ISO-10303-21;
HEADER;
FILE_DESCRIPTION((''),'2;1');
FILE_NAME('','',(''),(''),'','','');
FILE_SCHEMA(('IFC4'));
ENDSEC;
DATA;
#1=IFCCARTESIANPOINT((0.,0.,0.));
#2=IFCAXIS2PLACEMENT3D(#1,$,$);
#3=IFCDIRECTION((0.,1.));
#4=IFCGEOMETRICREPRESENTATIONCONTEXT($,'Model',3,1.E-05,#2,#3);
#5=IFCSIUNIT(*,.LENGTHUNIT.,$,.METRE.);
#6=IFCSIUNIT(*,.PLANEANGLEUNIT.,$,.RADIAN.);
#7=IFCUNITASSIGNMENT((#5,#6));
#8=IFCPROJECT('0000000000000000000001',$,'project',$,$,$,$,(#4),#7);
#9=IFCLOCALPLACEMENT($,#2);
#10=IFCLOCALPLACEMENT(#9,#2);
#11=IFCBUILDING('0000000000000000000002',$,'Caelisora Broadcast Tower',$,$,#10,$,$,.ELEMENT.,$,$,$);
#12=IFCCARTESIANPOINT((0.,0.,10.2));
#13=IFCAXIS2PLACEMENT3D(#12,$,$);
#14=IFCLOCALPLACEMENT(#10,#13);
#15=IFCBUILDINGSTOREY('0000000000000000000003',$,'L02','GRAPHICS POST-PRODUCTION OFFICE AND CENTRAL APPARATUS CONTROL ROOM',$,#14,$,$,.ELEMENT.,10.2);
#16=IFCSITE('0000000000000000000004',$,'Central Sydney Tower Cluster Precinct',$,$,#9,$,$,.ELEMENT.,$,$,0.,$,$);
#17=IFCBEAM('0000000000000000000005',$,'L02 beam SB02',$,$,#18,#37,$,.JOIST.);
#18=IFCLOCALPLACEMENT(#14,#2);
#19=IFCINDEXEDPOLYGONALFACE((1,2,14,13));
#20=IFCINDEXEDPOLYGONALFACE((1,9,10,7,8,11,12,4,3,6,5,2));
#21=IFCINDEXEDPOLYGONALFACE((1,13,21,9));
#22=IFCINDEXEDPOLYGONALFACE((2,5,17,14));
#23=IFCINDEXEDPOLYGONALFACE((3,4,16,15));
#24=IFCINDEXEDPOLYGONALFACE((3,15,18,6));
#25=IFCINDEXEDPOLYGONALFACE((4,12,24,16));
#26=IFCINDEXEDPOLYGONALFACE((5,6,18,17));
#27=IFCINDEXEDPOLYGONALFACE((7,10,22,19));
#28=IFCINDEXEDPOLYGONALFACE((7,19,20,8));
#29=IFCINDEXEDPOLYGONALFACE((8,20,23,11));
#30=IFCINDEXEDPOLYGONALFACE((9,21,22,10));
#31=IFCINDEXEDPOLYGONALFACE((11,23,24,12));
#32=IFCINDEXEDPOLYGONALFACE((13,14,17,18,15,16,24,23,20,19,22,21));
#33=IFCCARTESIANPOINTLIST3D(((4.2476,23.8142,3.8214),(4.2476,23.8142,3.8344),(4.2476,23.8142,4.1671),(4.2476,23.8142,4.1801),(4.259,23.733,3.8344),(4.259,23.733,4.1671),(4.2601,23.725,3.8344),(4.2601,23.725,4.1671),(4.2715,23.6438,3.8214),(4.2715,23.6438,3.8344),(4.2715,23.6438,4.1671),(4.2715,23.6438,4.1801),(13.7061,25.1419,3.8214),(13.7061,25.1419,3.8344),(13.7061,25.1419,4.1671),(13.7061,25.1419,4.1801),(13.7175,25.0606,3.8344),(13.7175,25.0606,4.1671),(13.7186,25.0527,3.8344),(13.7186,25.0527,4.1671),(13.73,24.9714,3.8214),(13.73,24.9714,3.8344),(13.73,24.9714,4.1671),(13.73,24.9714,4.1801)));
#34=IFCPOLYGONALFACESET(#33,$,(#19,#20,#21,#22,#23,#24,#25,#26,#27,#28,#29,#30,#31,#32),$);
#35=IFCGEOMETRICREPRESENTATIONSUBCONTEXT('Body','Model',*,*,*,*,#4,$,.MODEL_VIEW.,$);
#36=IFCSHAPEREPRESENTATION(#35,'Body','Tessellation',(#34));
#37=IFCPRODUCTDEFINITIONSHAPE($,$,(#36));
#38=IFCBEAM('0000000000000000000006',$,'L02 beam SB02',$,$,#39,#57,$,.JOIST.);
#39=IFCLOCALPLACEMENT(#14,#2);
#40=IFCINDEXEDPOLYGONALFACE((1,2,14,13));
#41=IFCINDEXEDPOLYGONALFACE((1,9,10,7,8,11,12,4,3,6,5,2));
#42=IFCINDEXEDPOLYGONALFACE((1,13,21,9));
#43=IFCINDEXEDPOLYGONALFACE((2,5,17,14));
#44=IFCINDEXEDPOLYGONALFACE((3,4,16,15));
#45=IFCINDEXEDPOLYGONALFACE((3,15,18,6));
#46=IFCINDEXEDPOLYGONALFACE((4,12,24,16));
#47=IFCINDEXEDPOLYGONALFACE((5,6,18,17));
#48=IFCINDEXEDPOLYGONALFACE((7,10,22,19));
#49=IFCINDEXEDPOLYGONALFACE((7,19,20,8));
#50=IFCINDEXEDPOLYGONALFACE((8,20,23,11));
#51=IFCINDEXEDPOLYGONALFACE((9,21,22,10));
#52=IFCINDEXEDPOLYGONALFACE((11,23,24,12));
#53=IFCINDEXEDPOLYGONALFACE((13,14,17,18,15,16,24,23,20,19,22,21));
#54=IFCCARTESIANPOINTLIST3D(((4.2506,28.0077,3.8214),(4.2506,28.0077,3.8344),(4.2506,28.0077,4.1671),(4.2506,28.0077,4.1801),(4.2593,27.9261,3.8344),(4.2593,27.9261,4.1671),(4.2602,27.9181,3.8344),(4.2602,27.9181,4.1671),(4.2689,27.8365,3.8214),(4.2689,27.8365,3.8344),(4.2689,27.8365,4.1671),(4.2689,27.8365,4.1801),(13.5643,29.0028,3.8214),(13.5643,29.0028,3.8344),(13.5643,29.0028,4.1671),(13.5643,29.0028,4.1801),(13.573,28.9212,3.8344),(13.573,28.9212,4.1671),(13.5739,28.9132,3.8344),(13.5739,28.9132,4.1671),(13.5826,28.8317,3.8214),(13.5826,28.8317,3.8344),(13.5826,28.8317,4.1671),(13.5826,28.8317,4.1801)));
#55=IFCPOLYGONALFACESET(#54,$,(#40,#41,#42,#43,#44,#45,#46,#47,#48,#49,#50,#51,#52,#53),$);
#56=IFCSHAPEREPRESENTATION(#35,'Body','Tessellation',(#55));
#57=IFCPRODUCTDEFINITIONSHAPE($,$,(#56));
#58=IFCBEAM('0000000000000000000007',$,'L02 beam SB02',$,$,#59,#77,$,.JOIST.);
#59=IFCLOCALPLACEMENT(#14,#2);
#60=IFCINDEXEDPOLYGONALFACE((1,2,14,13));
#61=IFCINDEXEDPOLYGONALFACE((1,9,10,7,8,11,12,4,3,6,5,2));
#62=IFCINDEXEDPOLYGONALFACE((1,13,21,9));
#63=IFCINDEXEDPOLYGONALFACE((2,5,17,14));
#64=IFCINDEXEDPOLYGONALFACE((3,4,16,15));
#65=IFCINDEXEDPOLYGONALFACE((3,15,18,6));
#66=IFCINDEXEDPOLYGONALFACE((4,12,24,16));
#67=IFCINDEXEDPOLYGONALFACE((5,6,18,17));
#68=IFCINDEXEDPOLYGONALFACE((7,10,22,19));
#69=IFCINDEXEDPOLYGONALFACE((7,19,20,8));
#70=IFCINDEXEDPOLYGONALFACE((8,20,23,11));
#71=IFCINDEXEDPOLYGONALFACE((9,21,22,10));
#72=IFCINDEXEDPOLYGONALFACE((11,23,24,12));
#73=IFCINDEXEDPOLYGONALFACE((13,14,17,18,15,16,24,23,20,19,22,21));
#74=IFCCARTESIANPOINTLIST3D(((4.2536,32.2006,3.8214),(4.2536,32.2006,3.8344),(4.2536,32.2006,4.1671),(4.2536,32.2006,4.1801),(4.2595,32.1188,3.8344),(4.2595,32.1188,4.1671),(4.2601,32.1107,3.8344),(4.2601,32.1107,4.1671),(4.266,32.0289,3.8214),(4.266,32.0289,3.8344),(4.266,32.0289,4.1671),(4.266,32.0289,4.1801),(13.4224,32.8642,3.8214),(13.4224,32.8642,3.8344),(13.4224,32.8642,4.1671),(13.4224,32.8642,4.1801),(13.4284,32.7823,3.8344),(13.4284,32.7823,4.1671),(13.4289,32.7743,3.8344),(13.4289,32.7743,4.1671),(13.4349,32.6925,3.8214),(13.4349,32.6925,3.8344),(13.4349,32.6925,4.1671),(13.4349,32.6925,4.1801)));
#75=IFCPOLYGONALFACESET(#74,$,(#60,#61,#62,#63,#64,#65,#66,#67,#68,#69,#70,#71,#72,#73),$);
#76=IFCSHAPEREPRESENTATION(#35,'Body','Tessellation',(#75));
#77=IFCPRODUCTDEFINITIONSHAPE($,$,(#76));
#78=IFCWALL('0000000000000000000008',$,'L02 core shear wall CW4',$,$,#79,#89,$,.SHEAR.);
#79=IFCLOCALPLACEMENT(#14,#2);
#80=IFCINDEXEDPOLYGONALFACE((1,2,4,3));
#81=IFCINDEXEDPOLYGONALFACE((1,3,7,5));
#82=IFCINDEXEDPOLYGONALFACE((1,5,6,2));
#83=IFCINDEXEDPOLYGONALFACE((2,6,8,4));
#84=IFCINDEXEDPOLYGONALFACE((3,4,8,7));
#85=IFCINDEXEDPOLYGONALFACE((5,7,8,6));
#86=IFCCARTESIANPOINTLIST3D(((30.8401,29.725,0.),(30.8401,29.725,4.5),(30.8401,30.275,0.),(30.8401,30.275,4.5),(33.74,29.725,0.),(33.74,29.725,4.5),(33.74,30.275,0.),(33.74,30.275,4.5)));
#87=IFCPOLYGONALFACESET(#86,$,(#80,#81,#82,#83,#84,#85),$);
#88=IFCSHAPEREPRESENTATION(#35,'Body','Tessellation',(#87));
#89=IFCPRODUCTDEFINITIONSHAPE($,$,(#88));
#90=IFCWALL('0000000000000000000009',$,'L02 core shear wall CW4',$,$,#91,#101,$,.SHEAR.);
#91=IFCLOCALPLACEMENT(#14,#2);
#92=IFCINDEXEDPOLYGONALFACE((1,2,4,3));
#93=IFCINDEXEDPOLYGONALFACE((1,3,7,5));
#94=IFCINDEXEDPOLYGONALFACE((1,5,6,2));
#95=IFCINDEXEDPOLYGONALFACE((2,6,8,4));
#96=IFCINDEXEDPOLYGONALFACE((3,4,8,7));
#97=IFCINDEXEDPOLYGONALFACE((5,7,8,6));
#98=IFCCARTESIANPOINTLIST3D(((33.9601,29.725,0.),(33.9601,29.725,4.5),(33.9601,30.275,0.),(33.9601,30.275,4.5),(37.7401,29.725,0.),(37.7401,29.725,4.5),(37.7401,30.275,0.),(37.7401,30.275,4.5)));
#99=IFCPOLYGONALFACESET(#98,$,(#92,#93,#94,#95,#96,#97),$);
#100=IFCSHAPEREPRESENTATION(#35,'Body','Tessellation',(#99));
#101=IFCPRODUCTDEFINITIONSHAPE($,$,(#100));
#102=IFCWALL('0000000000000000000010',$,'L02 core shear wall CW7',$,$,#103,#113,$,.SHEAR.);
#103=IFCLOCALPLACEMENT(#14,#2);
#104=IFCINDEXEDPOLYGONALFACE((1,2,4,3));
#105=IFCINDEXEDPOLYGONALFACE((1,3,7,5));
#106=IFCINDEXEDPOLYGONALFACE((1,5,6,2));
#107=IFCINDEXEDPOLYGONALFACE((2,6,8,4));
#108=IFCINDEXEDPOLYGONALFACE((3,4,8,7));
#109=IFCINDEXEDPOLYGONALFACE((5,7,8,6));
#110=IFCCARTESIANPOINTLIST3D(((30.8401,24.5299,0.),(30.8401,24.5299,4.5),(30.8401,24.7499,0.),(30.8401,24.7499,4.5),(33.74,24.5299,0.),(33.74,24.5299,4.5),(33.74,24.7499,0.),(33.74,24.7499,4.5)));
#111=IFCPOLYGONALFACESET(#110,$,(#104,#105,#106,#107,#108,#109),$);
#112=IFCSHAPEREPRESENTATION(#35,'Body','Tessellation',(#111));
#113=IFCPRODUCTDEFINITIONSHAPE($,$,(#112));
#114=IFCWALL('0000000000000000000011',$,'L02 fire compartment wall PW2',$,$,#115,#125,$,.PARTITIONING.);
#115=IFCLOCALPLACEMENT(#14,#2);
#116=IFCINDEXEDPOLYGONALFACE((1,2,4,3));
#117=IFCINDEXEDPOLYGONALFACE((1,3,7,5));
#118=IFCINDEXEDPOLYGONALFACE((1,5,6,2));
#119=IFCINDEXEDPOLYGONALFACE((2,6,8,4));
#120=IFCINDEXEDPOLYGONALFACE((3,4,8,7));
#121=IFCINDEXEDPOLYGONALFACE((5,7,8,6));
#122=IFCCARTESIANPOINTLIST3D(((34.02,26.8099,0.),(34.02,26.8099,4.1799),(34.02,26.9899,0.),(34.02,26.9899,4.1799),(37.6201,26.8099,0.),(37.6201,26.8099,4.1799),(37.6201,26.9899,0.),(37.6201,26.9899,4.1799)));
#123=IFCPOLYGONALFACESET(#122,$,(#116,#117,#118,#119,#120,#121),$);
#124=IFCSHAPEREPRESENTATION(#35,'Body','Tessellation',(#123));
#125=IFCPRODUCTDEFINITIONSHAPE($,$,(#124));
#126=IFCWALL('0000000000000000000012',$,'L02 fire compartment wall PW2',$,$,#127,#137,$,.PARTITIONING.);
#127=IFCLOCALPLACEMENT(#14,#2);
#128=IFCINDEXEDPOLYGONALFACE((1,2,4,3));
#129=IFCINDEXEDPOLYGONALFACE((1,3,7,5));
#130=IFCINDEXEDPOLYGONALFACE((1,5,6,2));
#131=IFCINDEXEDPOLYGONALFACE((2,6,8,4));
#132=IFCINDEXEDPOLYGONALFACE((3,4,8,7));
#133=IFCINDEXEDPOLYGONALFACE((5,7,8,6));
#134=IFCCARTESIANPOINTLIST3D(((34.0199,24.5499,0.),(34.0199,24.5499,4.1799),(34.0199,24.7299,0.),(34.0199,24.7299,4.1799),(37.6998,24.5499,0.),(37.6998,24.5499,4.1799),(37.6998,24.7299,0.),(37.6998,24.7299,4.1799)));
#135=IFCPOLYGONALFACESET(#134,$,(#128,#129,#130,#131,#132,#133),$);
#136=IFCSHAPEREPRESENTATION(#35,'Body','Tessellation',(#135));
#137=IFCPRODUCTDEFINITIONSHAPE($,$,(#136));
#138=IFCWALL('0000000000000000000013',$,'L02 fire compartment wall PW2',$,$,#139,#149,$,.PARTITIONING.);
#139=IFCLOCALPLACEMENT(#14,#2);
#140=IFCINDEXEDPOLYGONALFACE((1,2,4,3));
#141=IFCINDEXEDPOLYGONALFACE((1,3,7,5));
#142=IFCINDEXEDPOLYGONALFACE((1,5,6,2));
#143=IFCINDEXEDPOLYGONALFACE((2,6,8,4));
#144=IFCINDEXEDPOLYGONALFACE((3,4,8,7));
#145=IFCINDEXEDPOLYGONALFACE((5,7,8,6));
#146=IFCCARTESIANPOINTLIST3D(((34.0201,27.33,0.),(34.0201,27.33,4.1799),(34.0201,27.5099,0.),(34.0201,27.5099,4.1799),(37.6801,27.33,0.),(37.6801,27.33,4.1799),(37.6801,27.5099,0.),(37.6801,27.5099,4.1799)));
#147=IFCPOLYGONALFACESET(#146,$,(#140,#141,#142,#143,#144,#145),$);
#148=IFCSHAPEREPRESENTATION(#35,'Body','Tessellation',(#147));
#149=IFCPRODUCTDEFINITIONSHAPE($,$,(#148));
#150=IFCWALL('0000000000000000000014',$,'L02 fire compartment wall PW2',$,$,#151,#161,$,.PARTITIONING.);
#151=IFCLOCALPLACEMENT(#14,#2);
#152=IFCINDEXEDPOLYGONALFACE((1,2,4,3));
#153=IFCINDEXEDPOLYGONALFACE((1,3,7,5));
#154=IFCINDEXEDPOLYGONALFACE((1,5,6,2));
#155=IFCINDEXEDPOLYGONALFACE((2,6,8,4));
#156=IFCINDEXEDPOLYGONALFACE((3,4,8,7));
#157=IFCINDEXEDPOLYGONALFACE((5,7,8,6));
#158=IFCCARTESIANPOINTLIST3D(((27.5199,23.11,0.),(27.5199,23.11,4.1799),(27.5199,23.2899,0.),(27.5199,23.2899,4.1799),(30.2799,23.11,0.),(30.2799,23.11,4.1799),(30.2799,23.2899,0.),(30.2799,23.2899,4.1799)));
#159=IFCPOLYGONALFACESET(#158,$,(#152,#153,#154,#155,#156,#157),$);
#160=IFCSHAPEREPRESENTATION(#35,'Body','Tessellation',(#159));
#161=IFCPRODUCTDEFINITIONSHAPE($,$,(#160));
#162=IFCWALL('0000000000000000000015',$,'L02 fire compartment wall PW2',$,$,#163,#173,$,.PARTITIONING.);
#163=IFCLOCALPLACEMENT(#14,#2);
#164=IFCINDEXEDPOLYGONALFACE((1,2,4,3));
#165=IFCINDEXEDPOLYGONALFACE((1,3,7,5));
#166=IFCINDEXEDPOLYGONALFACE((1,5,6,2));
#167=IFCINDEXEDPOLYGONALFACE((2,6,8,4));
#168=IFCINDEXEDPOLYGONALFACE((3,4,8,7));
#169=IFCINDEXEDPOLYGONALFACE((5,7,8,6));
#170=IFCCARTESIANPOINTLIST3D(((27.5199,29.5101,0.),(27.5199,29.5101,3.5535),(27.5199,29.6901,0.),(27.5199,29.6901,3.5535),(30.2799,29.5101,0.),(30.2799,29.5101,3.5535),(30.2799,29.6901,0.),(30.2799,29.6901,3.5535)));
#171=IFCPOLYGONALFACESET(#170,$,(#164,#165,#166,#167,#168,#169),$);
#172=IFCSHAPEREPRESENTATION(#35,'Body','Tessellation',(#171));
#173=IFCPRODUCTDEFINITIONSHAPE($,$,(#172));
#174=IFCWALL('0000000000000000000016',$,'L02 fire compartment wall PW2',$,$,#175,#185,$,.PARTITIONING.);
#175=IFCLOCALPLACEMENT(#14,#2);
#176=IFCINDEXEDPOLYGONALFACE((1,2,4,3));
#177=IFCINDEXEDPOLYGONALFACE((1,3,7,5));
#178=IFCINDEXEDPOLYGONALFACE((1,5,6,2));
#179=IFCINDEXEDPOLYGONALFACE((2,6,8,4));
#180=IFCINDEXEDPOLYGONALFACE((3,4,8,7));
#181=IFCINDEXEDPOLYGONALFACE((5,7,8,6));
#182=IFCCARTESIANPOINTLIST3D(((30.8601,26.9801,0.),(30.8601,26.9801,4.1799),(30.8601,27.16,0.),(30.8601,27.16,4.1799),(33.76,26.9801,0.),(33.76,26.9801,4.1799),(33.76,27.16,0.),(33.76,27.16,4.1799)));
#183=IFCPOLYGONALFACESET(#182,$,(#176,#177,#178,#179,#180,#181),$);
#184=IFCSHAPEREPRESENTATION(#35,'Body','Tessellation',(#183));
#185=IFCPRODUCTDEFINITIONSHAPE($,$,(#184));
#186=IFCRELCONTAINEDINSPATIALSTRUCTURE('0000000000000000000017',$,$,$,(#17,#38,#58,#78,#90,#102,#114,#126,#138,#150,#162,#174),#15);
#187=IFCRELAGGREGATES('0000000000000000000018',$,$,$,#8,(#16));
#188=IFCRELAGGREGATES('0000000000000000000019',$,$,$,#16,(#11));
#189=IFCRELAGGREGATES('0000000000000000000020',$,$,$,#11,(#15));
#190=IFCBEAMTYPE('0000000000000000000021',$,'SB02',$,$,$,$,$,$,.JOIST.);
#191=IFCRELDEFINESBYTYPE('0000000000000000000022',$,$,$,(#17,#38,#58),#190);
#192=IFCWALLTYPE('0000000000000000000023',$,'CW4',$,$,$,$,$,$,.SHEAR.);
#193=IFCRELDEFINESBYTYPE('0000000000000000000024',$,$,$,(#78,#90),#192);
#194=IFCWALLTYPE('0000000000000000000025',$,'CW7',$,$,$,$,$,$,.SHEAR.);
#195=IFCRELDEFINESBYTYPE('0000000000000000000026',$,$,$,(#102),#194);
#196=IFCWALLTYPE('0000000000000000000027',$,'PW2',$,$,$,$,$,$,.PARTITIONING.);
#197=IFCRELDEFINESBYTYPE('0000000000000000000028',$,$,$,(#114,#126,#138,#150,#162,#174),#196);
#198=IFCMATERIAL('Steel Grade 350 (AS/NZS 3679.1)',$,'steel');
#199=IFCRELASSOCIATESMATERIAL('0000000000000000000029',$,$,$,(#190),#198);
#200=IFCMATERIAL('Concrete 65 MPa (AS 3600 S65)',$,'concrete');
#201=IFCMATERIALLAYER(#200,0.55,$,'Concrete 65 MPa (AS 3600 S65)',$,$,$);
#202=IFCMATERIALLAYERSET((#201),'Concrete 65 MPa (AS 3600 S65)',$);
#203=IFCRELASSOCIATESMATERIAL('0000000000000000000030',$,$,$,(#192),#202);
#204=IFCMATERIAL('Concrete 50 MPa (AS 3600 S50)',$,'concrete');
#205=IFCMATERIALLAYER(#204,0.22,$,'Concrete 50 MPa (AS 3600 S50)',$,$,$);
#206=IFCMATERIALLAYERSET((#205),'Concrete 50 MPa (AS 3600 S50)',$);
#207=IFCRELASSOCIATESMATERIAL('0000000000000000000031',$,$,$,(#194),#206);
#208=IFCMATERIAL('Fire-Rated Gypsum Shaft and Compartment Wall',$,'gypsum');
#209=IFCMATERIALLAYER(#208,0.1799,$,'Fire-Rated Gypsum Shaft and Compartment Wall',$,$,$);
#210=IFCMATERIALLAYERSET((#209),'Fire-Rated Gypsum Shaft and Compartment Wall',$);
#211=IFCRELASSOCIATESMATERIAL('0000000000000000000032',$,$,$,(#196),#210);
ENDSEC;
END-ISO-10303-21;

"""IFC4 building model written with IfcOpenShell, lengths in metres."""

from ifc_helpers import new_model, si_unit, direction, frame, frame_2d, origin, origin_2d, place, context, subcontext, project, spatial, rectangle, i_section, extrude, source, transform, mapped, material, layer, layer_set, material_profile, profile_set, type_object, type_shapes, element, save


model = new_model("IFC4")

# Units and contexts
model_context = context("Model", 3, precision=1e-05, world=origin(), true_north=direction((0.0, 1.0)))
body_context = subcontext(model_context, "Body", "Model", "MODEL_VIEW")
ifc_project = project(units=[si_unit("LENGTHUNIT", "METRE"), si_unit("PLANEANGLEUNIT", "RADIAN")], contexts=[model_context])

# Site, building, storey
site_placement = place(None, origin())
site = spatial("IfcSite", under=ifc_project, at=site_placement, Name="Central Sydney Tower Cluster Precinct", CompositionType="ELEMENT", RefElevation=0.0)
building_placement = place(site_placement, origin())
building = spatial("IfcBuilding", under=site, at=building_placement, Name="Caelisora Broadcast Tower", CompositionType="ELEMENT")
storey_placement = place(building_placement, frame((0.0, 0.0, 10.2)))
storey = spatial("IfcBuildingStorey", under=building, at=storey_placement, Name="L02", Description="GRAPHICS POST-PRODUCTION OFFICE AND CENTRAL APPARATUS CONTROL ROOM", CompositionType="ELEMENT", Elevation=10.2)

# Shared definitions
ifc_material_1 = material(Name="Steel Grade 350 (AS/NZS 3679.1)", Category="steel")

# Beams
ifc_material_profile_1 = material_profile(ifc_material_1, i_section(OverallWidth=0.1721, OverallDepth=0.3586, WebThickness=0.0081, FlangeThickness=0.0129, at=origin_2d()), Name="Steel Grade 350 (AS/NZS 3679.1)")
ifc_profile_set_1 = profile_set([ifc_material_profile_1], Name="Steel Grade 350 (AS/NZS 3679.1)")
beam_type_1 = type_object("IfcBeamType", Name="SB02", PredefinedType="JOIST", material=ifc_profile_set_1)
shared_shape_1 = source(origin(), body_context, "Body", "SweptSolid", [
    extrude(i_section(OverallWidth=0.1721, OverallDepth=0.3586, WebThickness=0.0081, FlangeThickness=0.0129, at=origin_2d()), origin(), (0.0, 0.0, 1.0), 9.5513),
])
beam_1_placement = place(storey_placement, frame((4.2595, 23.729, 4.0007), z_axis=(0.990292, 0.139002, 0.0), x_axis=(-0.139002, 0.990292, 0.0)))
element("IfcBeam", 1, at=beam_1_placement, inside=storey, type_object=beam_type_1, Name="L02 beam SB02", PredefinedType="JOIST", context=body_context, shape_type="MappedRepresentation", body=[
    mapped(shared_shape_1, transform((0.0, 0.0, 0.0), scale=1.0)),
])
shared_shape_2 = source(origin(), body_context, "Body", "SweptSolid", [
    extrude(i_section(OverallWidth=0.1721, OverallDepth=0.3586, WebThickness=0.0081, FlangeThickness=0.0129, at=origin_2d()), origin(), (0.0, 0.0, 1.0), 9.3667),
])
beam_2_placement = place(storey_placement, frame((4.2598, 27.9221, 4.0007), z_axis=(0.994341, 0.10624, 0.0), x_axis=(-0.10624, 0.994341, 0.0)))
element("IfcBeam", 2, at=beam_2_placement, inside=storey, type_object=beam_type_1, Name="L02 beam SB02", PredefinedType="JOIST", context=body_context, shape_type="MappedRepresentation", body=[
    mapped(shared_shape_2, transform((0.0, 0.0, 0.0), scale=1.0)),
])
shared_shape_3 = source(origin(), body_context, "Body", "SweptSolid", [
    extrude(i_section(OverallWidth=0.1721, OverallDepth=0.3586, WebThickness=0.0081, FlangeThickness=0.0129, at=origin_2d()), origin(), (0.0, 0.0, 1.0), 9.1929),
])
type_shapes(beam_type_1, [shared_shape_1, shared_shape_2, shared_shape_3])
beam_3_placement = place(storey_placement, frame((4.2598, 32.1147, 4.0007), z_axis=(0.997391, 0.072183, 0.0), x_axis=(-0.072183, 0.997391, 0.0)))
element("IfcBeam", 3, at=beam_3_placement, inside=storey, type_object=beam_type_1, Name="L02 beam SB02", PredefinedType="JOIST", context=body_context, shape_type="MappedRepresentation", body=[
    mapped(shared_shape_3, transform((0.0, 0.0, 0.0), scale=1.0)),
])

# Walls
ifc_material_2 = material(Name="Concrete 65 MPa (AS 3600 S65)", Category="concrete")
ifc_layer_1 = layer(ifc_material_2, 0.55, Name="Concrete 65 MPa (AS 3600 S65)")
ifc_layer_set_1 = layer_set([ifc_layer_1], Name="Concrete 65 MPa (AS 3600 S65)")
wall_type_1 = type_object("IfcWallType", Name="CW4", PredefinedType="SHEAR", material=ifc_layer_set_1)
wall_1_placement = place(storey_placement, frame((30.8401, 30.0, 0.0), z_axis=(0.0, 0.0, 1.0), x_axis=(1.0, 0.0, 0.0)))
element("IfcWall", 4, at=wall_1_placement, inside=storey, type_object=wall_type_1, Name="L02 core shear wall CW4", PredefinedType="SHEAR", context=body_context, shape_type="SweptSolid", body=[
    extrude(rectangle(XDim=2.8999, YDim=0.55, at=frame_2d((1.45, 0.0))), origin(), (0.0, 0.0, 1.0), 4.5),
])
wall_2_placement = place(storey_placement, frame((33.96, 30.0, 0.0), z_axis=(0.0, 0.0, 1.0), x_axis=(1.0, 0.0, 0.0)))
element("IfcWall", 5, at=wall_2_placement, inside=storey, type_object=wall_type_1, Name="L02 core shear wall CW4", PredefinedType="SHEAR", context=body_context, shape_type="SweptSolid", body=[
    extrude(rectangle(XDim=3.78, YDim=0.55, at=frame_2d((1.8901, 0.0))), origin(), (0.0, 0.0, 1.0), 4.5),
])
ifc_material_3 = material(Name="Concrete 50 MPa (AS 3600 S50)", Category="concrete")
ifc_layer_2 = layer(ifc_material_3, 0.22, Name="Concrete 50 MPa (AS 3600 S50)")
ifc_layer_set_2 = layer_set([ifc_layer_2], Name="Concrete 50 MPa (AS 3600 S50)")
wall_type_2 = type_object("IfcWallType", Name="CW7", PredefinedType="SHEAR", material=ifc_layer_set_2)
wall_3_placement = place(storey_placement, frame((30.8401, 24.6399, 0.0), z_axis=(0.0, 0.0, 1.0), x_axis=(1.0, 0.0, 0.0)))
element("IfcWall", 6, at=wall_3_placement, inside=storey, type_object=wall_type_2, Name="L02 core shear wall CW7", PredefinedType="SHEAR", context=body_context, shape_type="SweptSolid", body=[
    extrude(rectangle(XDim=2.8999, YDim=0.22, at=frame_2d((1.45, 0.0))), origin(), (0.0, 0.0, 1.0), 4.5),
])
ifc_material_4 = material(Name="Fire-Rated Gypsum Shaft and Compartment Wall", Category="gypsum")
ifc_layer_3 = layer(ifc_material_4, 0.1799, Name="Fire-Rated Gypsum Shaft and Compartment Wall")
ifc_layer_set_3 = layer_set([ifc_layer_3], Name="Fire-Rated Gypsum Shaft and Compartment Wall")
wall_type_3 = type_object("IfcWallType", Name="PW2", PredefinedType="PARTITIONING", material=ifc_layer_set_3)
wall_4_placement = place(storey_placement, frame((34.02, 26.8999, 0.0), z_axis=(0.0, 0.0, 1.0), x_axis=(1.0, 0.0, 0.0)))
element("IfcWall", 7, at=wall_4_placement, inside=storey, type_object=wall_type_3, Name="L02 fire compartment wall PW2", PredefinedType="PARTITIONING", context=body_context, shape_type="SweptSolid", body=[
    extrude(rectangle(XDim=3.6001, YDim=0.1799, at=frame_2d((1.8, 0.0))), origin(), (0.0, 0.0, 1.0), 4.1799),
])
wall_5_placement = place(storey_placement, frame((34.02, 24.6399, 0.0), z_axis=(0.0, 0.0, 1.0), x_axis=(1.0, 0.0, 0.0)))
element("IfcWall", 8, at=wall_5_placement, inside=storey, type_object=wall_type_3, Name="L02 fire compartment wall PW2", PredefinedType="PARTITIONING", context=body_context, shape_type="SweptSolid", body=[
    extrude(rectangle(XDim=3.6799, YDim=0.1799, at=frame_2d((1.8398, 0.0))), origin(), (0.0, 0.0, 1.0), 4.1799),
])
wall_6_placement = place(storey_placement, frame((34.02, 27.4199, 0.0), z_axis=(0.0, 0.0, 1.0), x_axis=(1.0, 0.0, 0.0)))
element("IfcWall", 9, at=wall_6_placement, inside=storey, type_object=wall_type_3, Name="L02 fire compartment wall PW2", PredefinedType="PARTITIONING", context=body_context, shape_type="SweptSolid", body=[
    extrude(rectangle(XDim=3.6599, YDim=0.1799, at=frame_2d((1.8301, 0.0))), origin(), (0.0, 0.0, 1.0), 4.1799),
])
wall_7_placement = place(storey_placement, frame((27.52, 23.2, 0.0), z_axis=(0.0, 0.0, 1.0), x_axis=(1.0, 0.0, 0.0)))
element("IfcWall", 10, at=wall_7_placement, inside=storey, type_object=wall_type_3, Name="L02 fire compartment wall PW2", PredefinedType="PARTITIONING", context=body_context, shape_type="SweptSolid", body=[
    extrude(rectangle(XDim=2.76, YDim=0.1799, at=frame_2d((1.3799, 0.0))), origin(), (0.0, 0.0, 1.0), 4.1799),
])
wall_8_placement = place(storey_placement, frame((27.52, 29.6001, 0.0), z_axis=(0.0, 0.0, 1.0), x_axis=(1.0, 0.0, 0.0)))
element("IfcWall", 11, at=wall_8_placement, inside=storey, type_object=wall_type_3, Name="L02 fire compartment wall PW2", PredefinedType="PARTITIONING", context=body_context, shape_type="SweptSolid", body=[
    extrude(rectangle(XDim=2.76, YDim=0.1799, at=frame_2d((1.3799, 0.0))), origin(), (0.0, 0.0, 1.0), 3.5535),
])
wall_9_placement = place(storey_placement, frame((30.8601, 27.0701, 0.0), z_axis=(0.0, 0.0, 1.0), x_axis=(1.0, 0.0, 0.0)))
element("IfcWall", 12, at=wall_9_placement, inside=storey, type_object=wall_type_3, Name="L02 fire compartment wall PW2", PredefinedType="PARTITIONING", context=body_context, shape_type="SweptSolid", body=[
    extrude(rectangle(XDim=2.8999, YDim=0.1799, at=frame_2d((1.45, 0.0))), origin(), (0.0, 0.0, 1.0), 4.1799),
])

save(model, "model.ifc")
